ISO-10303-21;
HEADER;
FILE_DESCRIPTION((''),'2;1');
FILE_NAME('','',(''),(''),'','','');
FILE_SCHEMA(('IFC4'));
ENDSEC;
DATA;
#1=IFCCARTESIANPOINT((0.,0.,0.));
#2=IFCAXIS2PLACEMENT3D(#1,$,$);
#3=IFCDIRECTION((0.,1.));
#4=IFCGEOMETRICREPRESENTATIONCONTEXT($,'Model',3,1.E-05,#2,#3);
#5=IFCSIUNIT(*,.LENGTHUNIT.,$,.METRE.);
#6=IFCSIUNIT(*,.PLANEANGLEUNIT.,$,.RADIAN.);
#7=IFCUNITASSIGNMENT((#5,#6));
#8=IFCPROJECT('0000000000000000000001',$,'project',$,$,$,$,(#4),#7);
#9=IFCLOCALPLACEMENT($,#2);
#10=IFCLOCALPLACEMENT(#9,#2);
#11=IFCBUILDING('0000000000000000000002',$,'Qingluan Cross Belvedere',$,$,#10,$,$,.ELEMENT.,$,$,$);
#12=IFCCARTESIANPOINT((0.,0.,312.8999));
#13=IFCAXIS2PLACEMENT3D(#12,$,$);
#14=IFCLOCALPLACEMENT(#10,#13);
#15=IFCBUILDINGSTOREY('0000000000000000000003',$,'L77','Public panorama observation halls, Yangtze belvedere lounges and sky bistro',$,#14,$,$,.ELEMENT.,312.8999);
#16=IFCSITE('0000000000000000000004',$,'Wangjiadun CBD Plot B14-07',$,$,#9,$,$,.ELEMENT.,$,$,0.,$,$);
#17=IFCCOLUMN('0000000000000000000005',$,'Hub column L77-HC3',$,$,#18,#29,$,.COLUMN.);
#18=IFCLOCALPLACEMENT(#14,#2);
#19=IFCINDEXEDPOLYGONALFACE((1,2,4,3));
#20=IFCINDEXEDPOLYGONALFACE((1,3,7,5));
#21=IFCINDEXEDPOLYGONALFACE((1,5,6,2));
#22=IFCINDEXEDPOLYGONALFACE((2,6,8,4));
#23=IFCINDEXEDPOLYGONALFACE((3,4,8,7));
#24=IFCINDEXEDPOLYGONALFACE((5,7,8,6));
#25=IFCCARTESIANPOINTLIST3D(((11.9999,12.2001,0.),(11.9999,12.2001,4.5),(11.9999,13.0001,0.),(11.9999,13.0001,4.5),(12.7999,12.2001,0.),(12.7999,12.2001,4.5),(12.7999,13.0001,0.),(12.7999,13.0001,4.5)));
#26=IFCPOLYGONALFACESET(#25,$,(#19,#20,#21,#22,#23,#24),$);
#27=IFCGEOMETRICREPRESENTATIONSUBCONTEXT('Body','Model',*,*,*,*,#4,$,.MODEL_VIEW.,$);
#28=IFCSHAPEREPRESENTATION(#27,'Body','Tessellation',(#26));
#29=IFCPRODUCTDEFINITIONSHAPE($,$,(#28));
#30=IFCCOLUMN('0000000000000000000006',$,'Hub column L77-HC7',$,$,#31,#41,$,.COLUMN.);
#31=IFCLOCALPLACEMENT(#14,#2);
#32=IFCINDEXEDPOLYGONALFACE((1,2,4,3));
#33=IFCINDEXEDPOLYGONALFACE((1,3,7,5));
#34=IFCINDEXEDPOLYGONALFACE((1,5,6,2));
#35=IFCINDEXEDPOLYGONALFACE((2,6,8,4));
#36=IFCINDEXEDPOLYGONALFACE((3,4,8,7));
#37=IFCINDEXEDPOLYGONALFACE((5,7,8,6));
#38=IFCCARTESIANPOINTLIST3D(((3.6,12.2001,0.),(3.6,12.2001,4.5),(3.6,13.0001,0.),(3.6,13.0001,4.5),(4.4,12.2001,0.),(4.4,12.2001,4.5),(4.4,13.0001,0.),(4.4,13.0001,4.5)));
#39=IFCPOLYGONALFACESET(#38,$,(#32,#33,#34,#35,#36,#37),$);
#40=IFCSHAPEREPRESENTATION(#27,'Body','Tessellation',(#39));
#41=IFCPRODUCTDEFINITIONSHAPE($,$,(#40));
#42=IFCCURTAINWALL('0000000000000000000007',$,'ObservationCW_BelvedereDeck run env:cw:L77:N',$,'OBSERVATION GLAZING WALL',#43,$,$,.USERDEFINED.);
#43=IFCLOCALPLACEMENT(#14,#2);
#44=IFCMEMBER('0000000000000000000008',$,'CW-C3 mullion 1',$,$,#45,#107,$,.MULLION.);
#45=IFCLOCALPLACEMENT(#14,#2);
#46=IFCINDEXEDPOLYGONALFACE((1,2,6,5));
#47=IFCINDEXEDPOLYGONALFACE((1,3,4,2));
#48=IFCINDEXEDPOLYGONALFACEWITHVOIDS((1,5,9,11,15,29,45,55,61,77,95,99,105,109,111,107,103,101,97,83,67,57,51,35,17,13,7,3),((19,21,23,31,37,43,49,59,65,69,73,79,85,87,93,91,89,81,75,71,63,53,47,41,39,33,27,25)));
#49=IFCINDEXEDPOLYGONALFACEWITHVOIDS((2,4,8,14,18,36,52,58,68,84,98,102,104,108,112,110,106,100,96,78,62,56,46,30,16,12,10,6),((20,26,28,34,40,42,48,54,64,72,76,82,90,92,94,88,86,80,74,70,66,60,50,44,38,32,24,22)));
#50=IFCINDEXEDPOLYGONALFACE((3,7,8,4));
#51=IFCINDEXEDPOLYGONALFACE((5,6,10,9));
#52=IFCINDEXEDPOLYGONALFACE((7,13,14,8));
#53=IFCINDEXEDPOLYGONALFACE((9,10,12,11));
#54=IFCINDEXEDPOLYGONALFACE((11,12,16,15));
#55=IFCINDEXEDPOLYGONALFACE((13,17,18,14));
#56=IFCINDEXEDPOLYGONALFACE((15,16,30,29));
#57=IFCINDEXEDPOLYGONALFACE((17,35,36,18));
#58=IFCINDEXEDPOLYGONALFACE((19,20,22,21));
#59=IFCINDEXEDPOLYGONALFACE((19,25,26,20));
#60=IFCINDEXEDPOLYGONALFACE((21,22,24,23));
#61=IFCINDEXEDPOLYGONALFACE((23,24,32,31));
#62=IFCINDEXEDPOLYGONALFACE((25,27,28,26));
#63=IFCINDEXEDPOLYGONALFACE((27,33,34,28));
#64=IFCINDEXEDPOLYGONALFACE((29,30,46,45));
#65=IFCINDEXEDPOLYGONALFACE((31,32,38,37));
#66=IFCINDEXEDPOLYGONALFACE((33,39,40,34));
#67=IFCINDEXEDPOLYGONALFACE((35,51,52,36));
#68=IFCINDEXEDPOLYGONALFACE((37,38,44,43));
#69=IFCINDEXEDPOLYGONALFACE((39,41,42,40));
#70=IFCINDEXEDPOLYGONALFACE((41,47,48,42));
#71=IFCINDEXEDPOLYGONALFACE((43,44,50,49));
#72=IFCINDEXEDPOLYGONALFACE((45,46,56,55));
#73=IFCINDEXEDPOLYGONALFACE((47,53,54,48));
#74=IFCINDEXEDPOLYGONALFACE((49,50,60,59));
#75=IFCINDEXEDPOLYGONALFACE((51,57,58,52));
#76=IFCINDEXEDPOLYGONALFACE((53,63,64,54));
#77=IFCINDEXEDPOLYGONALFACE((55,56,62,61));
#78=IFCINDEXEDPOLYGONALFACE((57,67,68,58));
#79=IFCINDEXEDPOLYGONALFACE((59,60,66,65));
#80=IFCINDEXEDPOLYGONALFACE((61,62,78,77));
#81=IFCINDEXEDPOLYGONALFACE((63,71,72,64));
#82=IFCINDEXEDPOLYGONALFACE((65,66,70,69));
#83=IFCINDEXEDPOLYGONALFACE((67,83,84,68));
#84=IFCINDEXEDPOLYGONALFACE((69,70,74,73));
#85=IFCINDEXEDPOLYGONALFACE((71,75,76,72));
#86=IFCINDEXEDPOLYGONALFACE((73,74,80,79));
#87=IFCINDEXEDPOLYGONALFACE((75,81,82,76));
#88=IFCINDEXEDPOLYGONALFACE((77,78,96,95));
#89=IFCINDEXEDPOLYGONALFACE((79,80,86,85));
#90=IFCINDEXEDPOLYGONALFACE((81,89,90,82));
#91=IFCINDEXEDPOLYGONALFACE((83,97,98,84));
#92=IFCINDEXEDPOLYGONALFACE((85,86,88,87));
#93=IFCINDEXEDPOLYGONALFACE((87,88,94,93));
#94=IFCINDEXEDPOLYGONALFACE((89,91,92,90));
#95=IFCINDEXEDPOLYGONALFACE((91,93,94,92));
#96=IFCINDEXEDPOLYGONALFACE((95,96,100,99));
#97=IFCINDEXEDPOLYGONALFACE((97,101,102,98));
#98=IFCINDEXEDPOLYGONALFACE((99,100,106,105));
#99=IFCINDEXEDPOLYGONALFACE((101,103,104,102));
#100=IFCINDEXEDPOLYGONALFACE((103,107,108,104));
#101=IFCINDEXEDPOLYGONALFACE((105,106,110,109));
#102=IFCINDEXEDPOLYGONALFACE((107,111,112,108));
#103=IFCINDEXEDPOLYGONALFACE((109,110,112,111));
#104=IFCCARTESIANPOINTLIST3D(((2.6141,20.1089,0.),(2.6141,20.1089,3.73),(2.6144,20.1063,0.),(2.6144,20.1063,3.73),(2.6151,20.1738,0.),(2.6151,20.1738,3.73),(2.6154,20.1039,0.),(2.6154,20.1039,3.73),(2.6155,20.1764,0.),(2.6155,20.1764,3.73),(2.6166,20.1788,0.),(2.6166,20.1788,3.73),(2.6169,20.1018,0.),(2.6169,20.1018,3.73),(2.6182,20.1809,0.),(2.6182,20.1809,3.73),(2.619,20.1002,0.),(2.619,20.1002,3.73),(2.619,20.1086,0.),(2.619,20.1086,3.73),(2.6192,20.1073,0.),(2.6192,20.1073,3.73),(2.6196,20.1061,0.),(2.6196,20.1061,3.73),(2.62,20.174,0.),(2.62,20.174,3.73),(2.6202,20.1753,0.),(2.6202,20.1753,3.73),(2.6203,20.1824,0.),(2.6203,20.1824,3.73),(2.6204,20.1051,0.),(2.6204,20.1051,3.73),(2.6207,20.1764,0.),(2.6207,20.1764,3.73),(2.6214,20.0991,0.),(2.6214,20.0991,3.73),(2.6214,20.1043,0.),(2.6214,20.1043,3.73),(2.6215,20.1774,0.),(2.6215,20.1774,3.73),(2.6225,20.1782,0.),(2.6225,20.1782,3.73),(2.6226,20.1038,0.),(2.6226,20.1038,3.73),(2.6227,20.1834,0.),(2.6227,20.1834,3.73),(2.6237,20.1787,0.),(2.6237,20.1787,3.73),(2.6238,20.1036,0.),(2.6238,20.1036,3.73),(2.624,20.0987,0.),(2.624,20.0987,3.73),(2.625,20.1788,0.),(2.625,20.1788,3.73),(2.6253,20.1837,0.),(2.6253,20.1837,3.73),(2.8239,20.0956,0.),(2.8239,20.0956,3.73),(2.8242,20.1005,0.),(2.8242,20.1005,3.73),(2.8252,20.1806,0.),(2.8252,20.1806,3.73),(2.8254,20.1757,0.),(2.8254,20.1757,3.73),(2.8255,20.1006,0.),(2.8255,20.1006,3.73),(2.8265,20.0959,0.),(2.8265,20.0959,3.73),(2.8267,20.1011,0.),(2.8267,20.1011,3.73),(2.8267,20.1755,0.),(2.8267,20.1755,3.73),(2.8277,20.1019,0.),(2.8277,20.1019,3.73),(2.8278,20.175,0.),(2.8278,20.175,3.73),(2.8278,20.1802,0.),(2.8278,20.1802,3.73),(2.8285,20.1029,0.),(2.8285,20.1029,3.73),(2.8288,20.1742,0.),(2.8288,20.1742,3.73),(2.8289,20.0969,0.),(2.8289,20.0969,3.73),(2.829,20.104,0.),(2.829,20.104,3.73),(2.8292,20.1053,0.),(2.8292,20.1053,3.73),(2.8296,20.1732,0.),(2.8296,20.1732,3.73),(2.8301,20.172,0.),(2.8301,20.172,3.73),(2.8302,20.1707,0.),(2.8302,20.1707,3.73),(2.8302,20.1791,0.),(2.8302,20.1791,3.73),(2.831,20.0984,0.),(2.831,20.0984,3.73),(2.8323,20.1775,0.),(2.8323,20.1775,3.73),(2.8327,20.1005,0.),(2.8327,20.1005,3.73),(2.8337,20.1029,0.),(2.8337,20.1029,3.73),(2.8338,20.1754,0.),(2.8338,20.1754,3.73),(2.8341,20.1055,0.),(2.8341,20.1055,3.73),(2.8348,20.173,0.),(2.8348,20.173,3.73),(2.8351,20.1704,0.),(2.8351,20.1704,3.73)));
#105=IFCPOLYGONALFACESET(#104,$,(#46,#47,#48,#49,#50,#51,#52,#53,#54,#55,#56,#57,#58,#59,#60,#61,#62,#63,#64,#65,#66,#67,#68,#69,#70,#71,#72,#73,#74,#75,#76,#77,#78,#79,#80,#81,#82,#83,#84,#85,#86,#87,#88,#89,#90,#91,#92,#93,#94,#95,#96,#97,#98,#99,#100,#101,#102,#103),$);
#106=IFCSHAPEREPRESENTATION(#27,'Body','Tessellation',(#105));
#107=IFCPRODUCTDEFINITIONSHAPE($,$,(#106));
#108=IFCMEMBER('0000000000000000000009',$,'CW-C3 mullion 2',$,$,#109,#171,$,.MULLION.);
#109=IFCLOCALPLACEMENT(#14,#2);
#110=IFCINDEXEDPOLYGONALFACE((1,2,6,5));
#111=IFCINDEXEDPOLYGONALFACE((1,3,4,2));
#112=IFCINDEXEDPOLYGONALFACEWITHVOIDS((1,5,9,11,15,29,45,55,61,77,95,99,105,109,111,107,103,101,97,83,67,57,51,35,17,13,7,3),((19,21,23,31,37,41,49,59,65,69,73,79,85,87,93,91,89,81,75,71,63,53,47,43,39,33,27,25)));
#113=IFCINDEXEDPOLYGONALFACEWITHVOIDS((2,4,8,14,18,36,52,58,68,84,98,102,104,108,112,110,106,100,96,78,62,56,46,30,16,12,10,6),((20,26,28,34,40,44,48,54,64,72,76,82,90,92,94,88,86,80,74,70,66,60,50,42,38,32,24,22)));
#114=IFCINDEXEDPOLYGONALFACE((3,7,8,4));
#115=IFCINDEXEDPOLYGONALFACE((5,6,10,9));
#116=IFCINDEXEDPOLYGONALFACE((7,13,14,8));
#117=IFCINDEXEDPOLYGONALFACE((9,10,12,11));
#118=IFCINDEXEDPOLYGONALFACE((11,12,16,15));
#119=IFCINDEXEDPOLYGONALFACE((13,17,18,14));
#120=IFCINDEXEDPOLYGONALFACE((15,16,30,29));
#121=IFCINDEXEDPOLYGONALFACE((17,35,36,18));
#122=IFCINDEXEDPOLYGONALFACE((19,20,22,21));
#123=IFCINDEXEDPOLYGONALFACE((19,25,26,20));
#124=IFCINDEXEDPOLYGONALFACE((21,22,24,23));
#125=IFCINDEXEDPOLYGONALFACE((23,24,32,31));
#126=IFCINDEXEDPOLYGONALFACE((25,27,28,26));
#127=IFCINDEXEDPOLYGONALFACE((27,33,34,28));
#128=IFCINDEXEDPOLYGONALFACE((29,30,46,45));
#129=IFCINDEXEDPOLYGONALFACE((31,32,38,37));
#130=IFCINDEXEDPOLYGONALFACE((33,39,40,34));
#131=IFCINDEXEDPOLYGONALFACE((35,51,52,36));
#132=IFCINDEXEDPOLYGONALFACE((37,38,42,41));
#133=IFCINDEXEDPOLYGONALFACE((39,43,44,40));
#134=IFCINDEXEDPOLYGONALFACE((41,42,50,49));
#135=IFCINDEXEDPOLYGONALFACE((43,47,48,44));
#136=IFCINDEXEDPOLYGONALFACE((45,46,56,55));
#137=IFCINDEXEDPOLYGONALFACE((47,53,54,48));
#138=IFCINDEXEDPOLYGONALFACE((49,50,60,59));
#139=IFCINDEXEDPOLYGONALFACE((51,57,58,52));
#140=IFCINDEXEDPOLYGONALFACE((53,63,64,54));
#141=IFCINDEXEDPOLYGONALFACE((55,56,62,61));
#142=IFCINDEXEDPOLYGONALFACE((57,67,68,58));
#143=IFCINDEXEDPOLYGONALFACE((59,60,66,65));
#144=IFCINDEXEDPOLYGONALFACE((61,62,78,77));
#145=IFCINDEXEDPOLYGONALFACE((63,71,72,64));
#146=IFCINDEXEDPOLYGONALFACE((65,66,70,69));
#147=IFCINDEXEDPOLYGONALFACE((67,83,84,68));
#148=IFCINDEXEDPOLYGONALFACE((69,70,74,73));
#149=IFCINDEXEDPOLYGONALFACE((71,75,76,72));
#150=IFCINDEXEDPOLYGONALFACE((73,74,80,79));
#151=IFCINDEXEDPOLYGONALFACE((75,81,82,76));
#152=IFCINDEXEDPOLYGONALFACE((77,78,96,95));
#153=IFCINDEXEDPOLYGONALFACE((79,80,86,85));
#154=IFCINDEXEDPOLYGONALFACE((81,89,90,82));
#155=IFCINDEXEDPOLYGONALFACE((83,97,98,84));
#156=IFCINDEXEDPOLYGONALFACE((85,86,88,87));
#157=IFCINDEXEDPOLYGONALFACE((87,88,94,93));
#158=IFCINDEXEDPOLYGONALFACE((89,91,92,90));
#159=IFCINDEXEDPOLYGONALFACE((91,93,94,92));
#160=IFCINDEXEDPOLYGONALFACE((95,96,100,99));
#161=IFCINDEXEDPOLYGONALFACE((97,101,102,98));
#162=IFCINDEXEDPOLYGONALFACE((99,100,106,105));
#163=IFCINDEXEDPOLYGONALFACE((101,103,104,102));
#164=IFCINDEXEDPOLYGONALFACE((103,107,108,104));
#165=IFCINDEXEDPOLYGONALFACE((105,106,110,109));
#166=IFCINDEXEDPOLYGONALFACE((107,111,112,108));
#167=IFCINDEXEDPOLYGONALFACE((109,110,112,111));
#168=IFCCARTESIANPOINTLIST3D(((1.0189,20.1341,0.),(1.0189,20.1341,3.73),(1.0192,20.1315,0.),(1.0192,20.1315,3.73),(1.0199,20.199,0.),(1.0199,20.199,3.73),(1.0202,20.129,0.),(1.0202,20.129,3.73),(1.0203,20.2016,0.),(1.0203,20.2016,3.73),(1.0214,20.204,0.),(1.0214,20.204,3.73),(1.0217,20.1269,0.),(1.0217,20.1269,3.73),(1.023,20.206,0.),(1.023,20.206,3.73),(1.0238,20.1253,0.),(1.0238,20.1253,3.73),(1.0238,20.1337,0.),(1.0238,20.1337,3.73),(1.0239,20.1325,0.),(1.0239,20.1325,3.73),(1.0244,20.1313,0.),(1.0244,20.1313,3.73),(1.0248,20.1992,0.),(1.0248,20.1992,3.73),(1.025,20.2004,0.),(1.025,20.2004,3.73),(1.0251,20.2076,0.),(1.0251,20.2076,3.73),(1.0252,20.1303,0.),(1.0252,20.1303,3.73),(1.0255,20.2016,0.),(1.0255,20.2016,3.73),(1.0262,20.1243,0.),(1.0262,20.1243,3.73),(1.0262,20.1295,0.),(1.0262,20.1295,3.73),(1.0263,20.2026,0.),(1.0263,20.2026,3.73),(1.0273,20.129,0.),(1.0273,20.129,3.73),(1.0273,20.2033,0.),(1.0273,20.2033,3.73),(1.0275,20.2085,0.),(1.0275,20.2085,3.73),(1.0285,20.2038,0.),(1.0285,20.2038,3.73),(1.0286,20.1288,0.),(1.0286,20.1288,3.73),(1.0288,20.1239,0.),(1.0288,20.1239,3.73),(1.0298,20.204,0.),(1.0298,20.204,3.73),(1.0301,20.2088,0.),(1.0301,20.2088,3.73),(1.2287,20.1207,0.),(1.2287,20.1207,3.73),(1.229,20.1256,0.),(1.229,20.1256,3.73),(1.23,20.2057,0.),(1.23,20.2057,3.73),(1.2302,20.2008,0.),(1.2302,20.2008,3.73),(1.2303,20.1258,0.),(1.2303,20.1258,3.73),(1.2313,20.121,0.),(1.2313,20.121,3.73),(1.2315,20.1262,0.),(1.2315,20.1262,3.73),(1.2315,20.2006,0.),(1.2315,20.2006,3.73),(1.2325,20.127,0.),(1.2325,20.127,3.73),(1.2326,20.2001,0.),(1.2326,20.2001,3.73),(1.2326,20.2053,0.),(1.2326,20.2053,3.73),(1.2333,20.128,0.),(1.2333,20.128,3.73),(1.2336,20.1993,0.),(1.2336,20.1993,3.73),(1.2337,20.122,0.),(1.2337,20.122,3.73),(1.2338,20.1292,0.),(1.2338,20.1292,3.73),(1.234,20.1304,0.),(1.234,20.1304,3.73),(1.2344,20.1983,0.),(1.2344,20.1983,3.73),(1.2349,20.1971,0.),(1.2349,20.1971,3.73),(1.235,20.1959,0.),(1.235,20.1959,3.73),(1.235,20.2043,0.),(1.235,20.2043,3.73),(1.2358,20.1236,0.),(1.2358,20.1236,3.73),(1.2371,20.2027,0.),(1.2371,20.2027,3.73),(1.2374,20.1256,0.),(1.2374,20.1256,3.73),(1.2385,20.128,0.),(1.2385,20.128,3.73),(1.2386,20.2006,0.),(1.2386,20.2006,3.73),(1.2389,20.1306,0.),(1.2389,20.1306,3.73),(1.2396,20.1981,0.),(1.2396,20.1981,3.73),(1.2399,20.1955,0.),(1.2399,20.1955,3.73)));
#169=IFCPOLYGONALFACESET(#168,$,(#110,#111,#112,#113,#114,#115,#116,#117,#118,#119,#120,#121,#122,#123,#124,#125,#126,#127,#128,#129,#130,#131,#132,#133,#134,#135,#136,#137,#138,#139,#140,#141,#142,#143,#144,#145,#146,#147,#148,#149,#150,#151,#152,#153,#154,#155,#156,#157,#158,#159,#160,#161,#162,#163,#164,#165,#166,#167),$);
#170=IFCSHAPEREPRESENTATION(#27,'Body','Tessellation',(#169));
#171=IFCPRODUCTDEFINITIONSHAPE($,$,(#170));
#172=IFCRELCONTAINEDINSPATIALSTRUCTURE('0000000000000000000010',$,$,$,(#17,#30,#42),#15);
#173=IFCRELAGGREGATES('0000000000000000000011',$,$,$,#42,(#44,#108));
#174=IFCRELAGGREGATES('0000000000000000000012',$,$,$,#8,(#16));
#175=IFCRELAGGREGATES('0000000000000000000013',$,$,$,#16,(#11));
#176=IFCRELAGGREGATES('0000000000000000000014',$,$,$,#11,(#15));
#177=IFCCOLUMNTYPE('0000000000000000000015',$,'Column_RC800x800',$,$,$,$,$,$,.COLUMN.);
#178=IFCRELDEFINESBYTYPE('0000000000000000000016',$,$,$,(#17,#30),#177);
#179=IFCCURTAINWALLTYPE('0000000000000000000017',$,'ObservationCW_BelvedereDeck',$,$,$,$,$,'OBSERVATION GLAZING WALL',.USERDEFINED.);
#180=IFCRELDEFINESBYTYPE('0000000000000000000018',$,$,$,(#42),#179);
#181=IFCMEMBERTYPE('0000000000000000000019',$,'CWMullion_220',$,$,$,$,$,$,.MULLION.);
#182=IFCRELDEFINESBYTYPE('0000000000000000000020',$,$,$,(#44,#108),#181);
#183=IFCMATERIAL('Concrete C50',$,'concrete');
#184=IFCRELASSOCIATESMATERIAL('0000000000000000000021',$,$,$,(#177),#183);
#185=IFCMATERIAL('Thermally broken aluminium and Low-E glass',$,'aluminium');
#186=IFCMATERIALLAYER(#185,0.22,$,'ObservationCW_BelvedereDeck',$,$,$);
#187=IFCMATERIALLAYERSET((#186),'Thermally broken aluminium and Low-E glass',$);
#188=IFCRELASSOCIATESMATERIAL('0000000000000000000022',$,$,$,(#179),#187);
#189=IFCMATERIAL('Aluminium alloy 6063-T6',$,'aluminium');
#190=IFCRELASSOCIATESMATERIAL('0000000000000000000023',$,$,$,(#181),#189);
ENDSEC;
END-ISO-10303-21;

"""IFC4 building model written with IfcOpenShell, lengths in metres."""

from ifc_helpers import new_model, si_unit, direction, frame, origin, origin_2d, place, context, subcontext, project, spatial, rectangle, hollow_rectangle, extrude, material, layer, layer_set, material_profile, profile_set, type_object, element, aggregate, save


model = new_model("IFC4")

# Units and contexts
model_context = context("Model", 3, precision=1e-05, world=origin(), true_north=direction((0.0, 1.0)))
body_context = subcontext(model_context, "Body", "Model", "MODEL_VIEW")
ifc_project = project(units=[si_unit("LENGTHUNIT", "METRE"), si_unit("PLANEANGLEUNIT", "RADIAN")], contexts=[model_context])

# Site, building, storey
site_placement = place(None, origin())
site = spatial("IfcSite", under=ifc_project, at=site_placement, Name="Wangjiadun CBD Plot B14-07", CompositionType="ELEMENT", RefElevation=0.0)
building_placement = place(site_placement, origin())
building = spatial("IfcBuilding", under=site, at=building_placement, Name="Qingluan Cross Belvedere", CompositionType="ELEMENT")
storey_placement = place(building_placement, frame((0.0, 0.0, 312.8999)))
storey = spatial("IfcBuildingStorey", under=building, at=storey_placement, Name="L77", Description="Public panorama observation halls, Yangtze belvedere lounges and sky bistro", CompositionType="ELEMENT", Elevation=312.8999)

# Columns
ifc_material_1 = material(Name="Concrete C50", Category="concrete")
ifc_material_profile_1 = material_profile(ifc_material_1, rectangle(XDim=0.8, YDim=0.8, at=origin_2d()), Name="RC800x800")
ifc_profile_set_1 = profile_set([ifc_material_profile_1], Name="Concrete C50")
column_type = type_object("IfcColumnType", Name="Column_RC800x800", PredefinedType="COLUMN", material=ifc_profile_set_1)
for number, where, z_axis, x_axis, name in (
    (1, (12.3999, 12.6001, 0.0), (0.0, 0.0, 1.0), (1.0, 0.0, 0.0), "Hub column L77-HC3"),
    (2, (4.0, 12.6001, 0.0), (0.0, 0.0, 1.0), (1.0, 0.0, 0.0), "Hub column L77-HC7"),
):
    element("IfcColumn", number, at=place(storey_placement, frame(where, z_axis=z_axis, x_axis=x_axis)), inside=storey, type_object=column_type, Name=name, PredefinedType="COLUMN", context=body_context, shape_type="SweptSolid", body=[
        extrude(rectangle(XDim=0.8, YDim=0.8, at=origin_2d()), origin(), (0.0, 0.0, 1.0), 4.5),
    ])

# Curtain wall, members
ifc_material_2 = material(Name="Thermally broken aluminium and Low-E glass", Category="aluminium")
ifc_layer_1 = layer(ifc_material_2, 0.22, Name="ObservationCW_BelvedereDeck")
ifc_layer_set_1 = layer_set([ifc_layer_1], Name="Thermally broken aluminium and Low-E glass")
curtain_wall_type = type_object("IfcCurtainWallType", Name="ObservationCW_BelvedereDeck", ElementType="OBSERVATION GLAZING WALL", PredefinedType="USERDEFINED", material=ifc_layer_set_1)
curtain_wall_placement = place(storey_placement, origin())
curtain_wall = element("IfcCurtainWall", 3, at=curtain_wall_placement, inside=storey, type_object=curtain_wall_type, Name="ObservationCW_BelvedereDeck run env:cw:L77:N", ObjectType="OBSERVATION GLAZING WALL", PredefinedType="USERDEFINED")
ifc_material_3 = material(Name="Aluminium alloy 6063-T6", Category="aluminium")
ifc_material_profile_2 = material_profile(ifc_material_3, hollow_rectangle(XDim=0.085, YDim=0.22, WallThickness=0.0049, InnerFilletRadius=0.0049, OuterFilletRadius=0.01, at=origin_2d()), Name="CWM220x85x5")
ifc_profile_set_2 = profile_set([ifc_material_profile_2], Name="Aluminium alloy 6063-T6")
member_type_1 = type_object("IfcMemberType", Name="CWMullion_220", PredefinedType="MULLION", material=ifc_profile_set_2)
member_1_placement = place(storey_placement, frame((2.7246, 20.1396, 0.0), z_axis=(0.0, 0.0, 1.0), x_axis=(-0.01571, -0.999877, 0.0)))
member_1 = element("IfcMember", 4, at=member_1_placement, type_object=member_type_1, Name="CW-C3 mullion 1", PredefinedType="MULLION", context=body_context, shape_type="SweptSolid", body=[
    extrude(hollow_rectangle(XDim=0.085, YDim=0.22, WallThickness=0.0049, InnerFilletRadius=0.0049, OuterFilletRadius=0.01, at=origin_2d()), origin(), (0.0, 0.0, 1.0), 3.73),
])
member_2_placement = place(storey_placement, frame((1.1294, 20.1648, 0.0), z_axis=(0.0, 0.0, 1.0), x_axis=(-0.01571, -0.999877, 0.0)))
member_2 = element("IfcMember", 5, at=member_2_placement, type_object=member_type_1, Name="CW-C3 mullion 2", PredefinedType="MULLION", context=body_context, shape_type="SweptSolid", body=[
    extrude(hollow_rectangle(XDim=0.085, YDim=0.22, WallThickness=0.0049, InnerFilletRadius=0.0049, OuterFilletRadius=0.01, at=origin_2d()), origin(), (0.0, 0.0, 1.0), 3.73),
])

aggregate(curtain_wall, [member_1, member_2])

save(model, "model.ifc")
